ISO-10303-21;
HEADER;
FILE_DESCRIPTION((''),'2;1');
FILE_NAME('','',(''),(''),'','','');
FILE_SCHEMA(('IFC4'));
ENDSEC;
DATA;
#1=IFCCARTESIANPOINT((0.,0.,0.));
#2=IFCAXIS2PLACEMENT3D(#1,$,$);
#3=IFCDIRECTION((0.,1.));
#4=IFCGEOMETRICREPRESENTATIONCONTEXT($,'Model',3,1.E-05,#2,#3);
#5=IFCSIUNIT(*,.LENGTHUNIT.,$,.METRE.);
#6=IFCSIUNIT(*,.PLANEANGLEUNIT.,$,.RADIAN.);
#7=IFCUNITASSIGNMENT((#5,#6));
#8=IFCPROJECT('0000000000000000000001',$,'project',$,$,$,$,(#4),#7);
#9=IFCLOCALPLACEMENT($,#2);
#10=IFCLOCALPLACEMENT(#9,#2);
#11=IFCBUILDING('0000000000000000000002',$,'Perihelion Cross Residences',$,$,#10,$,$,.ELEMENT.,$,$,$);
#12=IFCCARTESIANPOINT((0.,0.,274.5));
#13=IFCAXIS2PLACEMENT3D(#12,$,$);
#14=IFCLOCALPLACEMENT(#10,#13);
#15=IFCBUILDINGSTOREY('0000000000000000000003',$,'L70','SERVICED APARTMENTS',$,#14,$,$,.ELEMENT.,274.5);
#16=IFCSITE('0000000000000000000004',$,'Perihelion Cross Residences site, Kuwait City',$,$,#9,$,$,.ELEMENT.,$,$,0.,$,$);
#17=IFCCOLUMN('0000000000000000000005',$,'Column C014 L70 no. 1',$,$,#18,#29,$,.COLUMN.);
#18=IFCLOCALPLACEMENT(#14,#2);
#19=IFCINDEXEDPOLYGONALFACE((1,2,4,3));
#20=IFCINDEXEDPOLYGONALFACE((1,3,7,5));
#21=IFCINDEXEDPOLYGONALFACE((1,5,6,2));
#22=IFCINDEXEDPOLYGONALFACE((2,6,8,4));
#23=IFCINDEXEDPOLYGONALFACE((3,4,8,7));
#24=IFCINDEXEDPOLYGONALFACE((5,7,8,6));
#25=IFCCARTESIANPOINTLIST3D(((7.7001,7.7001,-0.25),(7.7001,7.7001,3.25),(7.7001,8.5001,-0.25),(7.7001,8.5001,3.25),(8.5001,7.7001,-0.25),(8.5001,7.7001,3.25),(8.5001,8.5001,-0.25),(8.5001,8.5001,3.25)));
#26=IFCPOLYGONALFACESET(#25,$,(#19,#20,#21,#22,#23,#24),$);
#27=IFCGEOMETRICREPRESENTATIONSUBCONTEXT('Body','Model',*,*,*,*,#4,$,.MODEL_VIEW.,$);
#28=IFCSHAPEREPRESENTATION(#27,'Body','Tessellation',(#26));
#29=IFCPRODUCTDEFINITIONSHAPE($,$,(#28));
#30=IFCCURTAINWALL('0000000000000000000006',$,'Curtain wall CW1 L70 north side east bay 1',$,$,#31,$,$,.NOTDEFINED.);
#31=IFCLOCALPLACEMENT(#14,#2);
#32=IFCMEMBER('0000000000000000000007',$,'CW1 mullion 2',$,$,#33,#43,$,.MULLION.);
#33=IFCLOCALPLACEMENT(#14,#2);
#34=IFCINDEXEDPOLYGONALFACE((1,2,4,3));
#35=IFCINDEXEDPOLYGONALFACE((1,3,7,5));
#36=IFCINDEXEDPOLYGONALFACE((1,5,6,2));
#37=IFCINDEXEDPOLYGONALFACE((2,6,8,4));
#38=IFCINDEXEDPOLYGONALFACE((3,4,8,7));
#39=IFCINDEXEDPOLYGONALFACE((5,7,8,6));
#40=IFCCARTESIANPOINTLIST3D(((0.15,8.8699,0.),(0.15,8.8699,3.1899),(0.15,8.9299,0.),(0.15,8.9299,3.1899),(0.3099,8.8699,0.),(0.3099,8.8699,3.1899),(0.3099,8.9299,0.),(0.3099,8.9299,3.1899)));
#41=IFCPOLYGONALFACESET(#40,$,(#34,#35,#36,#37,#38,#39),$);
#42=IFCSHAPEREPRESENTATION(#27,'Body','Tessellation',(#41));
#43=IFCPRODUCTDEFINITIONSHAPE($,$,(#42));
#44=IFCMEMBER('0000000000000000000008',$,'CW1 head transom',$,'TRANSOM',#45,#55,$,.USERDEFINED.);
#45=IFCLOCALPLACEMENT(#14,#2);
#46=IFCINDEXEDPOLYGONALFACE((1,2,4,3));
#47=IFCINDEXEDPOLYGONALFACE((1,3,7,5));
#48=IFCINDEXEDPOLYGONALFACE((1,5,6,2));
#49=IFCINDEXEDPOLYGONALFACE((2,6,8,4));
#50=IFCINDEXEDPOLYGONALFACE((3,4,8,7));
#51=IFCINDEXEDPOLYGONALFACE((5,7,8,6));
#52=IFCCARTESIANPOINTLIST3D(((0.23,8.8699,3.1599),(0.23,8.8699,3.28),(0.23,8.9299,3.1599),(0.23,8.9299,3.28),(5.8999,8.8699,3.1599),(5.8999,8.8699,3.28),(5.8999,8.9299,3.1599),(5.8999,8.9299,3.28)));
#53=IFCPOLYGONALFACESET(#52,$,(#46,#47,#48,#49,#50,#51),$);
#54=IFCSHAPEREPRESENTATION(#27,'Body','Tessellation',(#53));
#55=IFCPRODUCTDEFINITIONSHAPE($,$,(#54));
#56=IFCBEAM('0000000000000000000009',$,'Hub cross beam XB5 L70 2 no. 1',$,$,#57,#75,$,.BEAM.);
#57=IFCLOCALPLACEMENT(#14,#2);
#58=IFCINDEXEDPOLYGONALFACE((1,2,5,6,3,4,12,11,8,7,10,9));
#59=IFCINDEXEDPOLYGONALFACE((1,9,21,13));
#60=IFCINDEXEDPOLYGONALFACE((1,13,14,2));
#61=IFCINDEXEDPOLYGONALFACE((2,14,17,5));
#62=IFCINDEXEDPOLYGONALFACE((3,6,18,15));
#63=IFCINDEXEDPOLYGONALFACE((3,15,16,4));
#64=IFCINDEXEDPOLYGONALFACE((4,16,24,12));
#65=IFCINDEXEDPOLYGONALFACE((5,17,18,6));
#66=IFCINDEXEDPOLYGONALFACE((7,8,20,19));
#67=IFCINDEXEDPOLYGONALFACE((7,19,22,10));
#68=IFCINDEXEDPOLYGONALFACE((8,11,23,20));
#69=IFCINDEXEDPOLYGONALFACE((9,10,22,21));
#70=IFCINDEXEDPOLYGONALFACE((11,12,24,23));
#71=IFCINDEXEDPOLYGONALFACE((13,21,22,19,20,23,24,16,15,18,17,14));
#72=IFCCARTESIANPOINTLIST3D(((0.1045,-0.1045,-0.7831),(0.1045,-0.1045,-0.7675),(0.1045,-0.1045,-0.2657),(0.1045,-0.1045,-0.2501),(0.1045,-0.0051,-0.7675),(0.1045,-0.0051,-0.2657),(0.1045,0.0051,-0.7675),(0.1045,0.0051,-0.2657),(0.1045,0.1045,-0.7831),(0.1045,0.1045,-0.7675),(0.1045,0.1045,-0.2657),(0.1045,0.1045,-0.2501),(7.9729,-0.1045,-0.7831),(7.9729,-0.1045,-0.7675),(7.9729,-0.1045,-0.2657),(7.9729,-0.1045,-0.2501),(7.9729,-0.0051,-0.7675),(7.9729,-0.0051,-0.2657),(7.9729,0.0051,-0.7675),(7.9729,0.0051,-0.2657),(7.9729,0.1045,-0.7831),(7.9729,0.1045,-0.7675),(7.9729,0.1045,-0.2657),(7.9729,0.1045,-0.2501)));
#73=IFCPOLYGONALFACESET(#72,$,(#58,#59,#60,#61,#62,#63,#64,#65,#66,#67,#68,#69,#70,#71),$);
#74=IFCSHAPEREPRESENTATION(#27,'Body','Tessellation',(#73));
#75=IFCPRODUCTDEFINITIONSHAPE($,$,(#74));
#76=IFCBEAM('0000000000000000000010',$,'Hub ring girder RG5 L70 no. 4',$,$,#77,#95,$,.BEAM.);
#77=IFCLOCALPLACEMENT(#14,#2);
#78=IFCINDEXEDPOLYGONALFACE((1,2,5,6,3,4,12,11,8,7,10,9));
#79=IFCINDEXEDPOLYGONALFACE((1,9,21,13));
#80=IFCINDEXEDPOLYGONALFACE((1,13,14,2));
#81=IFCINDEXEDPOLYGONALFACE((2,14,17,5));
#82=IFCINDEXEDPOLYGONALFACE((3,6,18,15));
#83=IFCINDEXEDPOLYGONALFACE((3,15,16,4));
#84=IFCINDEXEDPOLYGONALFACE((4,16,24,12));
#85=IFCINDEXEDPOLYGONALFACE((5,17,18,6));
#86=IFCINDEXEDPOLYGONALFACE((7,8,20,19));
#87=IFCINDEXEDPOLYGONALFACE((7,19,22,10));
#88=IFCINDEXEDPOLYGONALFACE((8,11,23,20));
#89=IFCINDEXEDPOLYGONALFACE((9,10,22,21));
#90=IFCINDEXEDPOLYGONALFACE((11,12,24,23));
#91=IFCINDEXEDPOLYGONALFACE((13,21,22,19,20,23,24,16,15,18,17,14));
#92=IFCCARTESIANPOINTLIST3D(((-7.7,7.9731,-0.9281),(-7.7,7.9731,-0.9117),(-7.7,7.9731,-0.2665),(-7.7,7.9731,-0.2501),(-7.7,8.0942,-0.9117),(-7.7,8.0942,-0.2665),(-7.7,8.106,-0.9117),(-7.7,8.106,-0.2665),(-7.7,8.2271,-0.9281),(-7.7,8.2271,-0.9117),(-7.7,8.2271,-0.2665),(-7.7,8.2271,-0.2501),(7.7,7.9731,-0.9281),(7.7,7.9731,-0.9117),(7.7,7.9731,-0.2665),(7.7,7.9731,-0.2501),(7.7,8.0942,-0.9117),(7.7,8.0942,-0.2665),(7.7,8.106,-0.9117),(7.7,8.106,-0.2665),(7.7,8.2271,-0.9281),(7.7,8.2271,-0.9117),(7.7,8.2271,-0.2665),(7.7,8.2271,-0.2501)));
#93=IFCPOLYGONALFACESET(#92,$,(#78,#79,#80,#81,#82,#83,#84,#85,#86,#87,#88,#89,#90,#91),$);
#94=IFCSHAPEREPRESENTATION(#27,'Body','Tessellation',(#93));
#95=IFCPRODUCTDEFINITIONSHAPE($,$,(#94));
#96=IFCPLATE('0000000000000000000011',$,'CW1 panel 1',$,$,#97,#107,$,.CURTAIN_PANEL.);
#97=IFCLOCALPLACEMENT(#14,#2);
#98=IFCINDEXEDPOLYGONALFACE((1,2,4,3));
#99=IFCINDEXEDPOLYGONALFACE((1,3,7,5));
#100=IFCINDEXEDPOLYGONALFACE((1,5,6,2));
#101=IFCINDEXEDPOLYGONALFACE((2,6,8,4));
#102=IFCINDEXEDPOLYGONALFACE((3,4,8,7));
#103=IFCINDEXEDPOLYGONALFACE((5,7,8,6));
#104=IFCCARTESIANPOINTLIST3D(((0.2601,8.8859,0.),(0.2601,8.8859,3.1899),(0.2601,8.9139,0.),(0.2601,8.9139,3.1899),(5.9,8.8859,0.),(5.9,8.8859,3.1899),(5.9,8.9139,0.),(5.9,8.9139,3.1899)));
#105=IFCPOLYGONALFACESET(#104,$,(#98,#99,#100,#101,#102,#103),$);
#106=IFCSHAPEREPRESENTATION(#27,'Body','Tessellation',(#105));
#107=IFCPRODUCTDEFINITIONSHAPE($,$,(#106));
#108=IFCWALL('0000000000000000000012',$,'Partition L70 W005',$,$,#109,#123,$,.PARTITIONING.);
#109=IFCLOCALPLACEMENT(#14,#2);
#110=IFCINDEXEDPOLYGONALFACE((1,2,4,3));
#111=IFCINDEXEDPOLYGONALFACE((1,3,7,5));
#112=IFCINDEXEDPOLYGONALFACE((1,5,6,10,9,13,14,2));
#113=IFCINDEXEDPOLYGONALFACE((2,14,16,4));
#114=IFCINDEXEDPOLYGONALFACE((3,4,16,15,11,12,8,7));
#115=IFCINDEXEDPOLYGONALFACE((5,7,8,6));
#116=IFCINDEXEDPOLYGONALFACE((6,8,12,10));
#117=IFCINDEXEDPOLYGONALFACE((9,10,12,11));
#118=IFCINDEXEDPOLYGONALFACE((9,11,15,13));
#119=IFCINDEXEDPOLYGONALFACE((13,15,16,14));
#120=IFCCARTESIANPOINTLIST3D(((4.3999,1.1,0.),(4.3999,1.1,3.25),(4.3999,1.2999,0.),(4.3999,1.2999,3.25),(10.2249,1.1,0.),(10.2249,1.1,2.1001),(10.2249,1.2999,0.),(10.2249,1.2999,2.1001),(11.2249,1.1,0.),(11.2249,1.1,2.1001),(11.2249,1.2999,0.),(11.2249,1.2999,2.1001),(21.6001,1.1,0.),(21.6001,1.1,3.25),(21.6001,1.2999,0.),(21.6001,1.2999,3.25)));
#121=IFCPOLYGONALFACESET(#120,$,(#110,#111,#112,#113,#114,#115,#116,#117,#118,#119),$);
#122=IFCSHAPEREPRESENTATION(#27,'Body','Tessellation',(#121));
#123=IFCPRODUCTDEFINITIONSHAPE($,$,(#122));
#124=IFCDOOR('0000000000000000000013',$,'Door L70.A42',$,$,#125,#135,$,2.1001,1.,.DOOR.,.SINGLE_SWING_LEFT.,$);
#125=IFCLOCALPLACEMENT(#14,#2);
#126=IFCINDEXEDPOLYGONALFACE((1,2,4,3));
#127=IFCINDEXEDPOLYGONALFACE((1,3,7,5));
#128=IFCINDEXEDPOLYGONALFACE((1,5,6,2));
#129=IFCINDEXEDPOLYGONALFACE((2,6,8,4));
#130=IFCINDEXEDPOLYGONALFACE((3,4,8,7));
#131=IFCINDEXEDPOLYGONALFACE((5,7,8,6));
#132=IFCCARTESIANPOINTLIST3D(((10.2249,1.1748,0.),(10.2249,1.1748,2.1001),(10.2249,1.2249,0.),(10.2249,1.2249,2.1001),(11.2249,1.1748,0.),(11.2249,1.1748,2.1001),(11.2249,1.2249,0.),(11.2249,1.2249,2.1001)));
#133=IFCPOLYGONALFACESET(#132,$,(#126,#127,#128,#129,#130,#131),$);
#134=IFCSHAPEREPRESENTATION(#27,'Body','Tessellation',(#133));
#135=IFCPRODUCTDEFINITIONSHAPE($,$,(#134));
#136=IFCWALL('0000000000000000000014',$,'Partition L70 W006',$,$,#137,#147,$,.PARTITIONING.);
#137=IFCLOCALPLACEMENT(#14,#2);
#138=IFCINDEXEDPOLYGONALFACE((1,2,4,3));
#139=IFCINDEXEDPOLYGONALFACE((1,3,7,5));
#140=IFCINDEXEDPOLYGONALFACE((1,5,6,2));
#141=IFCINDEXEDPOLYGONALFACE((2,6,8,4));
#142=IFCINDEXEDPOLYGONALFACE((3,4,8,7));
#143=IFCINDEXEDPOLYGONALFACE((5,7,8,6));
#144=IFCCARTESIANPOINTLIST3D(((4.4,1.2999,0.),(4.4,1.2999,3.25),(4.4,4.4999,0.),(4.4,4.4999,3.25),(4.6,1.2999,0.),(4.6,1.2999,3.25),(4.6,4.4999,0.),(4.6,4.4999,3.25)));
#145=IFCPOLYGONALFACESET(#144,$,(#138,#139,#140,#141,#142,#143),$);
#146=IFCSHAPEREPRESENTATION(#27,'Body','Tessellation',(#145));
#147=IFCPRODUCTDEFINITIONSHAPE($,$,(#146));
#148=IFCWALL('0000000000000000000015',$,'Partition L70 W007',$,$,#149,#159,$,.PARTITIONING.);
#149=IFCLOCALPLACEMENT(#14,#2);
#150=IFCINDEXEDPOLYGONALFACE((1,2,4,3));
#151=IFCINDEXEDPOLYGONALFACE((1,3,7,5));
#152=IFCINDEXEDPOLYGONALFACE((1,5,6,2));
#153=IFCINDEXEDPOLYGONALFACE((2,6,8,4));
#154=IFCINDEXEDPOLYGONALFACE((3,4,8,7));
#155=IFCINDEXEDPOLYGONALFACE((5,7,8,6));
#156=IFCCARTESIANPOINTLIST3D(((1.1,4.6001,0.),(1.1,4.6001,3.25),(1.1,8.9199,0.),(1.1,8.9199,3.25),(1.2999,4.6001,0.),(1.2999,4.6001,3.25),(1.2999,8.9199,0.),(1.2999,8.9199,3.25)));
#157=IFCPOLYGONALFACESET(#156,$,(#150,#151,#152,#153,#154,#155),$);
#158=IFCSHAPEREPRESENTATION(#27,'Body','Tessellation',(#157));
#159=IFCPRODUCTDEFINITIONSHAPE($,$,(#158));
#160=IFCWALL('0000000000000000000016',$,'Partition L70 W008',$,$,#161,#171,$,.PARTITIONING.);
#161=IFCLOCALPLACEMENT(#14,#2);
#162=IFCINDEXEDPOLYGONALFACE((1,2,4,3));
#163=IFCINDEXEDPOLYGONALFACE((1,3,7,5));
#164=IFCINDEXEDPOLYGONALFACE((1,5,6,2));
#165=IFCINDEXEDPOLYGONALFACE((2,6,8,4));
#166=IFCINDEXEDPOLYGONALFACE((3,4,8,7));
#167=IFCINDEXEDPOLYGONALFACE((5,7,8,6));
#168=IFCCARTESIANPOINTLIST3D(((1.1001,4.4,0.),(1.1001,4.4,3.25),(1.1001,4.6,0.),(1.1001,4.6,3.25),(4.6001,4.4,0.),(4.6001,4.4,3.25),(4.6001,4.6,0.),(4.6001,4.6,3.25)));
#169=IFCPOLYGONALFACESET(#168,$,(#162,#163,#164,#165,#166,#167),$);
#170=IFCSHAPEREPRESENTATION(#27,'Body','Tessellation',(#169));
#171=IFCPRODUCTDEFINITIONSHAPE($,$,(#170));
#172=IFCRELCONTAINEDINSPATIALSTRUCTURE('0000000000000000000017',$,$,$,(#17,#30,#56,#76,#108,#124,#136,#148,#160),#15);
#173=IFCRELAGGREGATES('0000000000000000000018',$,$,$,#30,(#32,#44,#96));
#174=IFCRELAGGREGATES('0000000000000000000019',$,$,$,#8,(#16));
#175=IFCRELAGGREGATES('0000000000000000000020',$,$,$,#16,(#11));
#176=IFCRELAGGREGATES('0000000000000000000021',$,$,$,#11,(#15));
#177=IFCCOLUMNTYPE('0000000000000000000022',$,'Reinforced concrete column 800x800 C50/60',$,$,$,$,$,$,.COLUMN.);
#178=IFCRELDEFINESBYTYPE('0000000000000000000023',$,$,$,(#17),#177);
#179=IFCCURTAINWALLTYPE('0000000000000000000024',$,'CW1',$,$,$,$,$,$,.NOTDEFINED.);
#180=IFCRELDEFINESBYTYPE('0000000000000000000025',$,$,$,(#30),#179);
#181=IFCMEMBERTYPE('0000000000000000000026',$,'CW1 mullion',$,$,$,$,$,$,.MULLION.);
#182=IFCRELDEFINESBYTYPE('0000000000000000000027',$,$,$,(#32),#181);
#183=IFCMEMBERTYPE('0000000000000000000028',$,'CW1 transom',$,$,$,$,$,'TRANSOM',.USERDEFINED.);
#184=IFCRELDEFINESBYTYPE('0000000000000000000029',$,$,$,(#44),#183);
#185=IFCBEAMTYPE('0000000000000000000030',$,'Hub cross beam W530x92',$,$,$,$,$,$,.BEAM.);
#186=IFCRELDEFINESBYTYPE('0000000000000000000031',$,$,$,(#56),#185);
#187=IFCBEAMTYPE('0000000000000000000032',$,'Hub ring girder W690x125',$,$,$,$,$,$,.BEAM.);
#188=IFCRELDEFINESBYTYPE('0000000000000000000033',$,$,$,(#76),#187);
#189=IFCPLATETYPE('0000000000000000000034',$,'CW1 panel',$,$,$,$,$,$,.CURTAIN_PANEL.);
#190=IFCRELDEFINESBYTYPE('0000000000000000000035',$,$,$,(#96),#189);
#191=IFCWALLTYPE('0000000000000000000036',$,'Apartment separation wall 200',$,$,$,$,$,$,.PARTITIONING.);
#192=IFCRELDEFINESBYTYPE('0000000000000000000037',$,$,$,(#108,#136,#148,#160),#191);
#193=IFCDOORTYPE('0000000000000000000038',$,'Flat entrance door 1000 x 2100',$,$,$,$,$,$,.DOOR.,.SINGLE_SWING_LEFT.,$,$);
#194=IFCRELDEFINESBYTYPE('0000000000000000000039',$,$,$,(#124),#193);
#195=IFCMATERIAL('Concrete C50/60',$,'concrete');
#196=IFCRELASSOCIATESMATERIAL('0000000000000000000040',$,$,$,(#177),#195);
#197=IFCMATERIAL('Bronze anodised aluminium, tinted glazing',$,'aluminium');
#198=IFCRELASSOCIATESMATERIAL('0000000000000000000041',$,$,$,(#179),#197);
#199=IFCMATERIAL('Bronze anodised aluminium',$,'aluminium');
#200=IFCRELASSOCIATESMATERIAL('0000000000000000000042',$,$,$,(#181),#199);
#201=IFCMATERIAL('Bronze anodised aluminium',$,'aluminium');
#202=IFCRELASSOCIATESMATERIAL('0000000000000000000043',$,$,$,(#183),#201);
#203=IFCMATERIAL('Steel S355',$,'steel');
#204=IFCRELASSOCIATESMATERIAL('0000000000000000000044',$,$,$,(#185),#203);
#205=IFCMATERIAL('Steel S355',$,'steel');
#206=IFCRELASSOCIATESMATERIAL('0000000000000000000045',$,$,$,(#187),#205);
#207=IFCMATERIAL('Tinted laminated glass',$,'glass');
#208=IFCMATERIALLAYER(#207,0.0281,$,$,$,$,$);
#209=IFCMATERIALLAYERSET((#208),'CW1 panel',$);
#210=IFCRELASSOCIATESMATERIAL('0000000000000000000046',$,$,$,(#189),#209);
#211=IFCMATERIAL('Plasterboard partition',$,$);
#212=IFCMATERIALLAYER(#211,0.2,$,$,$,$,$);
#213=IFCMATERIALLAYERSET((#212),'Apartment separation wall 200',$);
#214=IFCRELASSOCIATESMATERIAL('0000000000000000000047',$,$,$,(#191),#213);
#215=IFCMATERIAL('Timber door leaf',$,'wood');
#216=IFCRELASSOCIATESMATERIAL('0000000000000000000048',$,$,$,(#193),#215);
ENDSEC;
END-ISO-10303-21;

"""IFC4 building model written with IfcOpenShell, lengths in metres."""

from ifc_helpers import new_model, si_unit, direction, frame, frame_2d, origin, origin_2d, place, context, subcontext, project, spatial, rectangle, i_section, extrude, material, layer, layer_set, material_profile, profile_set, type_object, element, fill, aggregate, save


model = new_model("IFC4")

# Units and contexts
model_context = context("Model", 3, precision=1e-05, world=origin(), true_north=direction((0.0, 1.0)))
body_context = subcontext(model_context, "Body", "Model", "MODEL_VIEW")
ifc_project = project(units=[si_unit("LENGTHUNIT", "METRE"), si_unit("PLANEANGLEUNIT", "RADIAN")], contexts=[model_context])

# Site, building, storey
site_placement = place(None, origin())
site = spatial("IfcSite", under=ifc_project, at=site_placement, Name="Perihelion Cross Residences site, Kuwait City", CompositionType="ELEMENT", RefElevation=0.0)
building_placement = place(site_placement, origin())
building = spatial("IfcBuilding", under=site, at=building_placement, Name="Perihelion Cross Residences", CompositionType="ELEMENT")
storey_placement = place(building_placement, frame((0.0, 0.0, 274.5)))
storey = spatial("IfcBuildingStorey", under=building, at=storey_placement, Name="L70", Description="SERVICED APARTMENTS", CompositionType="ELEMENT", Elevation=274.5)

# Column
ifc_material_1 = material(Name="Concrete C50/60", Category="concrete")
ifc_material_profile_1 = material_profile(ifc_material_1, rectangle(XDim=0.8, YDim=0.8, at=origin_2d()), Name="RC 800x800")
ifc_profile_set_1 = profile_set([ifc_material_profile_1], Name="Concrete C50/60")
column_type = type_object("IfcColumnType", Name="Reinforced concrete column 800x800 C50/60", PredefinedType="COLUMN", material=ifc_profile_set_1)
column_placement = place(storey_placement, frame((8.1001, 8.1001, -0.25), z_axis=(0.0, 0.0, 1.0), x_axis=(1.0, 0.0, 0.0)))
element("IfcColumn", 1, at=column_placement, inside=storey, type_object=column_type, Name="Column C014 L70 no. 1", PredefinedType="COLUMN", context=body_context, shape_type="SweptSolid", body=[
    extrude(rectangle(XDim=0.8, YDim=0.8, at=origin_2d()), origin(), (0.0, 0.0, 1.0), 3.5),
])

# Curtain wall, members
ifc_material_2 = material(Name="Bronze anodised aluminium, tinted glazing", Category="aluminium")
curtain_wall_type = type_object("IfcCurtainWallType", Name="CW1", PredefinedType="NOTDEFINED", material=ifc_material_2)
curtain_wall_placement = place(storey_placement, origin())
curtain_wall = element("IfcCurtainWall", 2, at=curtain_wall_placement, inside=storey, type_object=curtain_wall_type, Name="Curtain wall CW1 L70 north side east bay 1", PredefinedType="NOTDEFINED")
ifc_material_3 = material(Name="Bronze anodised aluminium", Category="aluminium")
ifc_material_profile_2 = material_profile(ifc_material_3, rectangle(XDim=0.0601, YDim=0.1599, at=origin_2d()), Name="CW1 mullion")
ifc_profile_set_2 = profile_set([ifc_material_profile_2], Name="Bronze anodised aluminium")
member_type_1 = type_object("IfcMemberType", Name="CW1 mullion", PredefinedType="MULLION", material=ifc_profile_set_2)
member_1_placement = place(storey_placement, frame((0.23, 8.8999, 0.0), z_axis=(0.0, 0.0, 1.0), x_axis=(0.0, -1.0, 0.0)))
member_1 = element("IfcMember", 3, at=member_1_placement, type_object=member_type_1, Name="CW1 mullion 2", PredefinedType="MULLION", context=body_context, shape_type="SweptSolid", body=[
    extrude(rectangle(XDim=0.0601, YDim=0.1599, at=origin_2d()), origin(), (0.0, 0.0, 1.0), 3.1899),
])
ifc_material_4 = material(Name="Bronze anodised aluminium", Category="aluminium")
ifc_material_profile_3 = material_profile(ifc_material_4, rectangle(XDim=0.0601, YDim=0.1201, at=origin_2d()), Name="CW1 transom")
ifc_profile_set_3 = profile_set([ifc_material_profile_3], Name="Bronze anodised aluminium")
member_type_2 = type_object("IfcMemberType", Name="CW1 transom", ElementType="TRANSOM", PredefinedType="USERDEFINED", material=ifc_profile_set_3)
member_2_placement = place(storey_placement, frame((5.8999, 8.8999, 3.22), z_axis=(-1.0, 0.0, 0.0), x_axis=(0.0, -1.0, 0.0)))
member_2 = element("IfcMember", 4, at=member_2_placement, type_object=member_type_2, Name="CW1 head transom", ObjectType="TRANSOM", PredefinedType="USERDEFINED", context=body_context, shape_type="SweptSolid", body=[
    extrude(rectangle(XDim=0.0601, YDim=0.1201, at=origin_2d()), origin(), (0.0, 0.0, 1.0), 5.6699),
])

# Beams
ifc_material_5 = material(Name="Steel S355", Category="steel")
ifc_material_profile_4 = material_profile(ifc_material_5, i_section(OverallWidth=0.209, OverallDepth=0.533, WebThickness=0.0103, FlangeThickness=0.0156, at=origin_2d()), Name="W530x92")
ifc_profile_set_4 = profile_set([ifc_material_profile_4], Name="Steel S355")
beam_type_1 = type_object("IfcBeamType", Name="Hub cross beam W530x92", PredefinedType="BEAM", material=ifc_profile_set_4)
beam_1_placement = place(storey_placement, frame((0.1045, 0.0, -0.5166), z_axis=(1.0, 0.0, 0.0), x_axis=(0.0, 1.0, 0.0)))
element("IfcBeam", 5, at=beam_1_placement, inside=storey, type_object=beam_type_1, Name="Hub cross beam XB5 L70 2 no. 1", PredefinedType="BEAM", context=body_context, shape_type="SweptSolid", body=[
    extrude(i_section(OverallWidth=0.209, OverallDepth=0.533, WebThickness=0.0103, FlangeThickness=0.0156, at=origin_2d()), origin(), (0.0, 0.0, 1.0), 7.8684),
])
ifc_material_6 = material(Name="Steel S355", Category="steel")
ifc_material_profile_5 = material_profile(ifc_material_6, i_section(OverallWidth=0.2539, OverallDepth=0.678, WebThickness=0.0117, FlangeThickness=0.0164, at=origin_2d()), Name="W690x125")
ifc_profile_set_5 = profile_set([ifc_material_profile_5], Name="Steel S355")
beam_type_2 = type_object("IfcBeamType", Name="Hub ring girder W690x125", PredefinedType="BEAM", material=ifc_profile_set_5)
beam_2_placement = place(storey_placement, frame((7.7, 8.1001, -0.5891), z_axis=(-1.0, 0.0, 0.0), x_axis=(0.0, -1.0, 0.0)))
element("IfcBeam", 6, at=beam_2_placement, inside=storey, type_object=beam_type_2, Name="Hub ring girder RG5 L70 no. 4", PredefinedType="BEAM", context=body_context, shape_type="SweptSolid", body=[
    extrude(i_section(OverallWidth=0.2539, OverallDepth=0.678, WebThickness=0.0117, FlangeThickness=0.0164, at=origin_2d()), origin(), (0.0, 0.0, 1.0), 15.3999),
])

# Plate
ifc_material_7 = material(Name="Tinted laminated glass", Category="glass")
ifc_layer_1 = layer(ifc_material_7, 0.0281)
ifc_layer_set_1 = layer_set([ifc_layer_1], Name="CW1 panel")
plate_type = type_object("IfcPlateType", Name="CW1 panel", PredefinedType="CURTAIN_PANEL", material=ifc_layer_set_1)
plate_placement = place(storey_placement, frame((3.0801, 8.8999, 0.0), z_axis=(0.0, 0.0, 1.0), x_axis=(-1.0, 0.0, 0.0)))
plate = element("IfcPlate", 7, at=plate_placement, type_object=plate_type, Name="CW1 panel 1", PredefinedType="CURTAIN_PANEL", context=body_context, shape_type="SweptSolid", body=[
    extrude(rectangle(XDim=5.6399, YDim=0.0281, at=origin_2d()), origin(), (0.0, 0.0, 1.0), 3.1899),
])
aggregate(curtain_wall, [member_1, member_2, plate])

# Wall, opening, door
ifc_material_8 = material(Name="Plasterboard partition")
ifc_layer_2 = layer(ifc_material_8, 0.2)
ifc_layer_set_2 = layer_set([ifc_layer_2], Name="Apartment separation wall 200")
wall_type_1 = type_object("IfcWallType", Name="Apartment separation wall 200", PredefinedType="PARTITIONING", material=ifc_layer_set_2)
wall_1_placement = place(storey_placement, frame((4.3999, 1.2, 0.0), z_axis=(0.0, 0.0, 1.0), x_axis=(1.0, 0.0, 0.0)))
wall_1 = element("IfcWall", 8, at=wall_1_placement, inside=storey, type_object=wall_type_1, Name="Partition L70 W005", PredefinedType="PARTITIONING", context=body_context, shape_type="SweptSolid", body=[
    extrude(rectangle(XDim=17.2002, YDim=0.2, at=frame_2d((8.6001, 0.0))), origin(), (0.0, 0.0, 1.0), 3.25),
])
opening_1_placement = place(wall_1_placement, frame((5.825, 0.0, 0.0)))
opening_1 = element("IfcOpeningElement", 9, at=opening_1_placement, cuts=wall_1, PredefinedType="OPENING", context=body_context, shape_type="SweptSolid", body=[
    extrude(rectangle(XDim=1.0, YDim=2.1001, at=frame_2d((0.5, 1.05))), frame((0.0, 0.1099, 0.0), z_axis=(0.0, -1.0, 0.0), x_axis=(1.0, 0.0, 0.0)), (0.0, 0.0, 1.0), 0.22),
])
ifc_material_9 = material(Name="Timber door leaf", Category="wood")
door_type_1 = type_object("IfcDoorType", Name="Flat entrance door 1000 x 2100", OperationType="SINGLE_SWING_LEFT", PredefinedType="DOOR", material=ifc_material_9)
door_1_placement = place(opening_1_placement, origin())
door_1 = element("IfcDoor", 10, at=door_1_placement, inside=storey, type_object=door_type_1, Name="Door L70.A42", OperationType="SINGLE_SWING_LEFT", OverallHeight=2.1001, OverallWidth=1.0, PredefinedType="DOOR", context=body_context, shape_type="SweptSolid", body=[
    extrude(rectangle(XDim=1.0, YDim=2.1001, at=frame_2d((0.5, 1.05))), frame((0.0, 0.0249, 0.0), z_axis=(0.0, -1.0, 0.0), x_axis=(1.0, 0.0, 0.0)), (0.0, 0.0, 1.0), 0.05),
])
fill(opening_1, door_1)

# Walls
wall_2_placement = place(storey_placement, frame((4.5, 4.5, 0.0), z_axis=(0.0, 0.0, 1.0), x_axis=(0.0, -1.0, 0.0)))
element("IfcWall", 11, at=wall_2_placement, inside=storey, type_object=wall_type_1, Name="Partition L70 W006", PredefinedType="PARTITIONING", context=body_context, shape_type="SweptSolid", body=[
    extrude(rectangle(XDim=3.2, YDim=0.2, at=frame_2d((1.6001, 0.0))), origin(), (0.0, 0.0, 1.0), 3.25),
])
wall_3_placement = place(storey_placement, frame((1.2, 8.9199, 0.0), z_axis=(0.0, 0.0, 1.0), x_axis=(0.0, -1.0, 0.0)))
element("IfcWall", 12, at=wall_3_placement, inside=storey, type_object=wall_type_1, Name="Partition L70 W007", PredefinedType="PARTITIONING", context=body_context, shape_type="SweptSolid", body=[
    extrude(rectangle(XDim=4.3198, YDim=0.2, at=frame_2d((2.1599, 0.0))), origin(), (0.0, 0.0, 1.0), 3.25),
])
wall_4_placement = place(storey_placement, frame((1.1001, 4.5, 0.0), z_axis=(0.0, 0.0, 1.0), x_axis=(1.0, 0.0, 0.0)))
element("IfcWall", 13, at=wall_4_placement, inside=storey, type_object=wall_type_1, Name="Partition L70 W008", PredefinedType="PARTITIONING", context=body_context, shape_type="SweptSolid", body=[
    extrude(rectangle(XDim=3.5, YDim=0.2, at=frame_2d((1.75, 0.0))), origin(), (0.0, 0.0, 1.0), 3.25),
])

save(model, "model.ifc")
